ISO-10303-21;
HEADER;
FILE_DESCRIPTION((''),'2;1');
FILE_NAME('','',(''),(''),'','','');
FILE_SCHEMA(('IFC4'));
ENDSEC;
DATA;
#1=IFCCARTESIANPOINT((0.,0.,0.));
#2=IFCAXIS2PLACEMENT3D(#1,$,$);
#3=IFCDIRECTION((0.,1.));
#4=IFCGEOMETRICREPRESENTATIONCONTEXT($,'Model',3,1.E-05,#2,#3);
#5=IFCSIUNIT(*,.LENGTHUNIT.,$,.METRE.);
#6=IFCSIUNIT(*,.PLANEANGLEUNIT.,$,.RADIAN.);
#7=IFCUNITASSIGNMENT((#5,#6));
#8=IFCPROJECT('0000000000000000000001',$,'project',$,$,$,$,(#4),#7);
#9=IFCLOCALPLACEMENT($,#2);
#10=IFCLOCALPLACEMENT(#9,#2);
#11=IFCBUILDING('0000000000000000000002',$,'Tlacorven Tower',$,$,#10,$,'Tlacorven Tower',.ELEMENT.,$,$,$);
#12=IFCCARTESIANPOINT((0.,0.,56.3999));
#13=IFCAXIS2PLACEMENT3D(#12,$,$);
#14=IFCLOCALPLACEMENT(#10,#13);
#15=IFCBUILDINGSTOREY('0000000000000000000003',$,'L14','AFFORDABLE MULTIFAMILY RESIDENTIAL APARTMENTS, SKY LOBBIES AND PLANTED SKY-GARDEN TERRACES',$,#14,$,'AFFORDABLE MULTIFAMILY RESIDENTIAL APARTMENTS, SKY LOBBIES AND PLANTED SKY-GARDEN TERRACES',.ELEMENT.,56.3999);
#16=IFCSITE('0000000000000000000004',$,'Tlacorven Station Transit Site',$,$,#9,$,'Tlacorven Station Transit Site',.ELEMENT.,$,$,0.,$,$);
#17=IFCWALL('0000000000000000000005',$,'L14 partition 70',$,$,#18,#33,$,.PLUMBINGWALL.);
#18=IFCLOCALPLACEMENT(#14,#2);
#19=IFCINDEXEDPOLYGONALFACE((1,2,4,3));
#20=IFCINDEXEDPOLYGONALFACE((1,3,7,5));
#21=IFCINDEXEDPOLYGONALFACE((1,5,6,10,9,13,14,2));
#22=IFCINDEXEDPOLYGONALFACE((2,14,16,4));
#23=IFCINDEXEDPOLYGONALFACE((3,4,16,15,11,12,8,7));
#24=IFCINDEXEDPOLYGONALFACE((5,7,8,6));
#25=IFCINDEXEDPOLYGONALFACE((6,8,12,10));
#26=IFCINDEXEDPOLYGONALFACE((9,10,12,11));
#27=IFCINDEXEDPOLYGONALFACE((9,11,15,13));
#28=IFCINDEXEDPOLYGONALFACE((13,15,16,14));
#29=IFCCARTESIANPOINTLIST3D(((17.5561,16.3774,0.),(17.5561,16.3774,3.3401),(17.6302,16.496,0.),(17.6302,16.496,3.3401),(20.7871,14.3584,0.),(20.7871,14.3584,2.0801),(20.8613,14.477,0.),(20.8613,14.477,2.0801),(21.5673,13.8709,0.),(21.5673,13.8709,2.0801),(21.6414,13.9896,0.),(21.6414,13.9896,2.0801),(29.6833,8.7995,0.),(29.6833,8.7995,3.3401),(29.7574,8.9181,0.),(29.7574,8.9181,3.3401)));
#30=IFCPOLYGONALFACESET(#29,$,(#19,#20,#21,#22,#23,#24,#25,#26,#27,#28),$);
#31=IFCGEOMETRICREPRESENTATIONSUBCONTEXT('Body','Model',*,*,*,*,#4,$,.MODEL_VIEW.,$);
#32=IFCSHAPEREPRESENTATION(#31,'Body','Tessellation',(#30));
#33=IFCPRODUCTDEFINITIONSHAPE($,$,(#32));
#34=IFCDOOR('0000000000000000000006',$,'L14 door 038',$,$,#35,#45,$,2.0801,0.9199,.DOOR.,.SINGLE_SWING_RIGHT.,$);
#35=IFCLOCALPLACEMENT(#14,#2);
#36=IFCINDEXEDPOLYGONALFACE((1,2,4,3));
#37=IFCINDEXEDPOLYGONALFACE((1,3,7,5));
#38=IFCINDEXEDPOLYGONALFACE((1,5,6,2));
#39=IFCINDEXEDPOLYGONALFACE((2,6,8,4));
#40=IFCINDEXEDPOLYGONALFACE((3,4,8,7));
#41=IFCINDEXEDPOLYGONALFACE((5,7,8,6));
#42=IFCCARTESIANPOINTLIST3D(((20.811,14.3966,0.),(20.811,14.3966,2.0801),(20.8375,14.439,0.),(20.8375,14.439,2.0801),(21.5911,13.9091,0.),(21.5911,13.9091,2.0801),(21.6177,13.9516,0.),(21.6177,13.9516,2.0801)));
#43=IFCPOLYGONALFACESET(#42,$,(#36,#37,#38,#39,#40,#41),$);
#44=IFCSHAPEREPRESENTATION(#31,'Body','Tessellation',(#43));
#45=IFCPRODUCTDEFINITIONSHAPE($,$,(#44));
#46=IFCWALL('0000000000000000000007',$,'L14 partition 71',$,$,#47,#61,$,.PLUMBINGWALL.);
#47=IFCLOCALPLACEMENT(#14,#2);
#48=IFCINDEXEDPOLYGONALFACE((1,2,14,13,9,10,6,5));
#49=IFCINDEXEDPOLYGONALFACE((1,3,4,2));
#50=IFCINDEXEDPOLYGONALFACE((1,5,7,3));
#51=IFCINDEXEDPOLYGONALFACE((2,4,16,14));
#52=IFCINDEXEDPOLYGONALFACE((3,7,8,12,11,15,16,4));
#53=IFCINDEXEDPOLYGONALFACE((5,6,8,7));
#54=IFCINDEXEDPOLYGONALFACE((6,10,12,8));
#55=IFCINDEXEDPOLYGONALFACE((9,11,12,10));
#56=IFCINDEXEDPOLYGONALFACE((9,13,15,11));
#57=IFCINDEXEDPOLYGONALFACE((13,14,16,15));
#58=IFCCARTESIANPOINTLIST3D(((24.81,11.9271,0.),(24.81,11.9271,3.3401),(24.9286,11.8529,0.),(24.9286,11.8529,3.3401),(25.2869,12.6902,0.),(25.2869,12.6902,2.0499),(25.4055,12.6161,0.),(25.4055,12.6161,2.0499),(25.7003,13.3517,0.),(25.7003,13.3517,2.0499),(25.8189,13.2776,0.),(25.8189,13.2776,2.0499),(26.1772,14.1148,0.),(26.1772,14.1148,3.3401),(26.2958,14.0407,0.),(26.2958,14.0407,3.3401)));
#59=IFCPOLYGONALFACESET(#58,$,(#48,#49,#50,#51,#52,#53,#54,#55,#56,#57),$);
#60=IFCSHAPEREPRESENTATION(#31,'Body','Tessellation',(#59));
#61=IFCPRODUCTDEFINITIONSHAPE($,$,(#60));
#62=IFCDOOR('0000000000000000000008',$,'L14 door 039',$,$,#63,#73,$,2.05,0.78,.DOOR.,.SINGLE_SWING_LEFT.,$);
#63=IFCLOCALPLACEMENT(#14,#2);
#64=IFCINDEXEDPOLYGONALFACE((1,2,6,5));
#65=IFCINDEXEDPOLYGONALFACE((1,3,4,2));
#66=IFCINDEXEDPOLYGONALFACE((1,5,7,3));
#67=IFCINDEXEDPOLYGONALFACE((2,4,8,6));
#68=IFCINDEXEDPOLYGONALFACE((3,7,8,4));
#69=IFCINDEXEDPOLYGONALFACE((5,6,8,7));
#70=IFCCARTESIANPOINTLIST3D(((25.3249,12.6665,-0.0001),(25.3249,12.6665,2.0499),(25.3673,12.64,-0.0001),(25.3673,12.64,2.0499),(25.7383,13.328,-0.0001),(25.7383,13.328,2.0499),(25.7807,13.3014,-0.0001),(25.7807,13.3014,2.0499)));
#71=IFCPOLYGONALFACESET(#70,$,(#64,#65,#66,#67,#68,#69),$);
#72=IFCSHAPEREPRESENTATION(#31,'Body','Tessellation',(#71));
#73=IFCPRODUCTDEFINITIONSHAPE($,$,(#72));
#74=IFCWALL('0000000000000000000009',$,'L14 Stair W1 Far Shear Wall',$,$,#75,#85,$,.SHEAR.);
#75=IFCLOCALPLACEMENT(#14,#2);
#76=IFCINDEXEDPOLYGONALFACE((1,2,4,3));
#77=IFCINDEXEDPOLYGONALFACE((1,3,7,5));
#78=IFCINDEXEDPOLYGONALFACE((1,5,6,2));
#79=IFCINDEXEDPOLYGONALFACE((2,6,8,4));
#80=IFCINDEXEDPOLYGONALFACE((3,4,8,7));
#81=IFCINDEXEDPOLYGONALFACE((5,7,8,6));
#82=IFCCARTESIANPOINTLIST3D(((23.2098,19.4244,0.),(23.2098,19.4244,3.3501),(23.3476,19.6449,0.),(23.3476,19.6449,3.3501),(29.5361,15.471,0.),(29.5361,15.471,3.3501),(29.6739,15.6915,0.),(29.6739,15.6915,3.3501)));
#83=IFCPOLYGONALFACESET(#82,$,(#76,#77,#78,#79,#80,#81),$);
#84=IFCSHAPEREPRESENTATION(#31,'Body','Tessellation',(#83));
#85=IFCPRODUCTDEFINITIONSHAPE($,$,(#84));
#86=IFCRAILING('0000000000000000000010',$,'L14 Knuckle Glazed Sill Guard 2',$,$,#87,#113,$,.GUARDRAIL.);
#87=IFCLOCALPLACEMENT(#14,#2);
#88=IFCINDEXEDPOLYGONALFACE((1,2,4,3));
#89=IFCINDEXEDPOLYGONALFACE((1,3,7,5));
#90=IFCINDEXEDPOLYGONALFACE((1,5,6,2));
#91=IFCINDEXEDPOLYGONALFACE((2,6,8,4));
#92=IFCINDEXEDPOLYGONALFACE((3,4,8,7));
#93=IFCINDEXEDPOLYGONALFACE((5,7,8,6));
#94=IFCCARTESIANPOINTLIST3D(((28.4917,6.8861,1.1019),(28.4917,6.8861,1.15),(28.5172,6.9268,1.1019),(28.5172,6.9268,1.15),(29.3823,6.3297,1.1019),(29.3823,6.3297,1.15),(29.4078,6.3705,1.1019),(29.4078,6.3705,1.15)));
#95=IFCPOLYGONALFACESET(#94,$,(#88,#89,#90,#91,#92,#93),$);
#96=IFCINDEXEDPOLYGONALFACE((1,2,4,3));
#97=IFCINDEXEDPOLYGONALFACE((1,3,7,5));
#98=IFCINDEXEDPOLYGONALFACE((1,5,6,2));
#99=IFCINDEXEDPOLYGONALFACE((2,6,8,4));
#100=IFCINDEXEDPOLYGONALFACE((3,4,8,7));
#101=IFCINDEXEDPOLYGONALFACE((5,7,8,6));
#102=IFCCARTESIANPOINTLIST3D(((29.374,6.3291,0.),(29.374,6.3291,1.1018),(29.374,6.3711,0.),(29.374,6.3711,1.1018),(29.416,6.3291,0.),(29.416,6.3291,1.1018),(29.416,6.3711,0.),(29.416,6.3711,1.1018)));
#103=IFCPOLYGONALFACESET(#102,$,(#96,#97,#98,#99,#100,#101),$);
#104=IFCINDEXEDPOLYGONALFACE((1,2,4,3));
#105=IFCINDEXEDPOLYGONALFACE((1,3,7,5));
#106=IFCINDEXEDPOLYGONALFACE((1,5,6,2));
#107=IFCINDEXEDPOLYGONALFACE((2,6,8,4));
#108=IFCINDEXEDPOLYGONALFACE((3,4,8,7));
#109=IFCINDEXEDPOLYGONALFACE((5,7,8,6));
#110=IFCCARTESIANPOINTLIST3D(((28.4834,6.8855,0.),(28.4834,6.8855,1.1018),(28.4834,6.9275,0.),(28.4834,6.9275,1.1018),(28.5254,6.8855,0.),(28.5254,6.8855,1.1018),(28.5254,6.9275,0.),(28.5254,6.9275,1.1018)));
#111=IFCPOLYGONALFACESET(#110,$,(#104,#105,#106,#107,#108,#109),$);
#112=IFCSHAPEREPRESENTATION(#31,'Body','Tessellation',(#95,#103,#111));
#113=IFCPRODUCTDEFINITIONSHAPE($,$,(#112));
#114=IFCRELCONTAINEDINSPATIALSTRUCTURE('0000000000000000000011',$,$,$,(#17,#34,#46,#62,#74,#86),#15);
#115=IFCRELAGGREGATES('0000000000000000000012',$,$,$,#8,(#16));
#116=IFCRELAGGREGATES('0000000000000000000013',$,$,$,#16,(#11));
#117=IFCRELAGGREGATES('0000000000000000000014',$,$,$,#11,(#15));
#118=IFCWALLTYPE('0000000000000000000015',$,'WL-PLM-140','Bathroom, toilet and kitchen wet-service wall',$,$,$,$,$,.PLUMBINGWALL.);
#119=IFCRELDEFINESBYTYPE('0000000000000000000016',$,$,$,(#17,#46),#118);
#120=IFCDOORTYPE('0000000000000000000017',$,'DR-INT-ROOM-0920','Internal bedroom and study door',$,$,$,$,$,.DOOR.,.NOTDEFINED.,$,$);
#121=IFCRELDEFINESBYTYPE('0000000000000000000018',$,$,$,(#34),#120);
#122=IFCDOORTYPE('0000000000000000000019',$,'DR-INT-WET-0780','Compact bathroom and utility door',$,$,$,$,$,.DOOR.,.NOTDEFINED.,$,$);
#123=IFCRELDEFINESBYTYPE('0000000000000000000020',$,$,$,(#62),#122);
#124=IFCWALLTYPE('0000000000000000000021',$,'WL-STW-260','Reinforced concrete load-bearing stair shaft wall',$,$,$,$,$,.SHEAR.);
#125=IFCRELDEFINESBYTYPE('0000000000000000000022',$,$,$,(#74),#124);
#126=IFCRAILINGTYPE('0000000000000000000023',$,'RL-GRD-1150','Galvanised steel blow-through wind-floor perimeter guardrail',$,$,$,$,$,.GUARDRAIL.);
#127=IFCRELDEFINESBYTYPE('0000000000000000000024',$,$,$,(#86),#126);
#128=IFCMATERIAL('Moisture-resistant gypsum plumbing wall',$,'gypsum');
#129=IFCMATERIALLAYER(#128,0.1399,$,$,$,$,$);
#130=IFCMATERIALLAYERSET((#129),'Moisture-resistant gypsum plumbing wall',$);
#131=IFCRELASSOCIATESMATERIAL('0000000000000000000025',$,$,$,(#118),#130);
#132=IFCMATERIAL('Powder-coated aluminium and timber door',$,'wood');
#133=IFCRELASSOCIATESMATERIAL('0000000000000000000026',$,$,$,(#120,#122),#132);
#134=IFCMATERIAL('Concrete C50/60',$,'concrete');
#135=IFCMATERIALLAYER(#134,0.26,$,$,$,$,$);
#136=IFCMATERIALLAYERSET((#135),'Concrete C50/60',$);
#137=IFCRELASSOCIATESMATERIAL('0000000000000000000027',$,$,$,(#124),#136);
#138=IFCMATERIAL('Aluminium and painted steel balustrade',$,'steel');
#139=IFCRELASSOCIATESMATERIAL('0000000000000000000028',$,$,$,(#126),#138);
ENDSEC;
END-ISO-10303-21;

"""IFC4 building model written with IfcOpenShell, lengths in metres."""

from ifc_helpers import new_model, si_unit, direction, frame, frame_2d, origin, origin_2d, place, context, subcontext, project, spatial, rectangle, extrude, source, transform, mapped, material, layer, layer_set, type_object, element, fill, save


model = new_model("IFC4")

# Units and contexts
model_context = context("Model", 3, precision=1e-05, world=origin(), true_north=direction((0.0, 1.0)))
body_context = subcontext(model_context, "Body", "Model", "MODEL_VIEW")
ifc_project = project(units=[si_unit("LENGTHUNIT", "METRE"), si_unit("PLANEANGLEUNIT", "RADIAN")], contexts=[model_context])

# Site, building, storey
site_placement = place(None, origin())
site = spatial("IfcSite", under=ifc_project, at=site_placement, Name="Tlacorven Station Transit Site", LongName="Tlacorven Station Transit Site", CompositionType="ELEMENT", RefElevation=0.0)
building_placement = place(site_placement, origin())
building = spatial("IfcBuilding", under=site, at=building_placement, Name="Tlacorven Tower", LongName="Tlacorven Tower", CompositionType="ELEMENT")
storey_placement = place(building_placement, frame((0.0, 0.0, 56.3999)))
storey = spatial("IfcBuildingStorey", under=building, at=storey_placement, Name="L14", Description="AFFORDABLE MULTIFAMILY RESIDENTIAL APARTMENTS, SKY LOBBIES AND PLANTED SKY-GARDEN TERRACES", LongName="AFFORDABLE MULTIFAMILY RESIDENTIAL APARTMENTS, SKY LOBBIES AND PLANTED SKY-GARDEN TERRACES", CompositionType="ELEMENT", Elevation=56.3999)

# Shared definitions
ifc_material_1 = material(Name="Powder-coated aluminium and timber door", Category="wood")

# Walls, openings, doors
ifc_material_2 = material(Name="Moisture-resistant gypsum plumbing wall", Category="gypsum")
ifc_layer_1 = layer(ifc_material_2, 0.1399)
ifc_layer_set_1 = layer_set([ifc_layer_1], Name="Moisture-resistant gypsum plumbing wall")
wall_type_1 = type_object("IfcWallType", Name="WL-PLM-140", Description="Bathroom, toilet and kitchen wet-service wall", PredefinedType="PLUMBINGWALL", material=ifc_layer_set_1)
wall_1_placement = place(storey_placement, frame((29.7202, 8.8589, 0.0), z_axis=(0.0, 0.0, 1.0), x_axis=(-0.848049, 0.529918, 0.0)))
wall_1 = element("IfcWall", 1, at=wall_1_placement, inside=storey, type_object=wall_type_1, Name="L14 partition 70", PredefinedType="PLUMBINGWALL", context=body_context, shape_type="SweptSolid", body=[
    extrude(rectangle(XDim=14.3, YDim=0.1399, at=frame_2d((7.1499, 0.0))), origin(), (0.0, 0.0, 1.0), 3.3401),
])
opening_1_placement = place(wall_1_placement, frame((9.5701, 0.0, 0.0)))
opening_1 = element("IfcOpeningElement", 2, at=opening_1_placement, cuts=wall_1, PredefinedType="OPENING", context=body_context, shape_type="SweptSolid", body=[
    extrude(rectangle(XDim=0.9199, YDim=2.0801, at=frame_2d((0.46, 1.04))), frame((0.0, 0.0801, 0.0), z_axis=(0.0, -1.0, 0.0), x_axis=(1.0, 0.0, 0.0)), (0.0, 0.0, 1.0), 0.1599),
])
door_type_1 = type_object("IfcDoorType", Name="DR-INT-ROOM-0920", Description="Internal bedroom and study door", OperationType="NOTDEFINED", PredefinedType="DOOR", material=ifc_material_1)
shared_shape_1 = source(origin(), body_context, "Body", "SweptSolid", [
    extrude(rectangle(XDim=0.9199, YDim=2.0801, at=frame_2d((0.46, 1.04))), frame((0.0, 0.0249, 0.0), z_axis=(0.0, -1.0, 0.0), x_axis=(1.0, 0.0, 0.0)), (0.0, 0.0, 1.0), 0.05),
])
door_1_placement = place(opening_1_placement, origin())
door_1 = element("IfcDoor", 3, at=door_1_placement, inside=storey, type_object=door_type_1, Name="L14 door 038", OperationType="SINGLE_SWING_RIGHT", OverallHeight=2.0801, OverallWidth=0.9199, PredefinedType="DOOR", context=body_context, shape_type="MappedRepresentation", body=[
    mapped(shared_shape_1, transform((0.0, 0.0, 0.0), scale=1.0)),
])
fill(opening_1, door_1)
wall_2_placement = place(storey_placement, frame((26.2366, 14.0779, 0.0), z_axis=(0.0, 0.0, 1.0), x_axis=(-0.529956, -0.848025, 0.0)))
wall_2 = element("IfcWall", 4, at=wall_2_placement, inside=storey, type_object=wall_type_1, Name="L14 partition 71", PredefinedType="PLUMBINGWALL", context=body_context, shape_type="SweptSolid", body=[
    extrude(rectangle(XDim=2.5798, YDim=0.1399, at=frame_2d((1.29, 0.0))), origin(), (0.0, 0.0, 1.0), 3.3401),
])
opening_2_placement = place(wall_2_placement, frame((0.8999, 0.0, 0.0)))
opening_2 = element("IfcOpeningElement", 5, at=opening_2_placement, cuts=wall_2, PredefinedType="OPENING", context=body_context, shape_type="SweptSolid", body=[
    extrude(rectangle(XDim=0.78, YDim=2.05, at=frame_2d((0.3901, 1.0249))), frame((0.0, 0.0801, 0.0), z_axis=(0.0, -1.0, 0.0), x_axis=(1.0, 0.0, 0.0)), (0.0, 0.0, 1.0), 0.1599),
])
door_type_2 = type_object("IfcDoorType", Name="DR-INT-WET-0780", Description="Compact bathroom and utility door", OperationType="NOTDEFINED", PredefinedType="DOOR", material=ifc_material_1)
shared_shape_2 = source(origin(), body_context, "Body", "SweptSolid", [
    extrude(rectangle(XDim=0.78, YDim=2.05, at=frame_2d((0.3901, 1.0249))), frame((0.0, 0.0249, 0.0), z_axis=(0.0, -1.0, 0.0), x_axis=(1.0, 0.0, 0.0)), (0.0, 0.0, 1.0), 0.05),
])
door_2_placement = place(opening_2_placement, origin())
door_2 = element("IfcDoor", 6, at=door_2_placement, inside=storey, type_object=door_type_2, Name="L14 door 039", OperationType="SINGLE_SWING_LEFT", OverallHeight=2.05, OverallWidth=0.78, PredefinedType="DOOR", context=body_context, shape_type="MappedRepresentation", body=[
    mapped(shared_shape_2, transform((0.0, 0.0, 0.0), scale=1.0)),
])
fill(opening_2, door_2)

# Wall
ifc_material_3 = material(Name="Concrete C50/60", Category="concrete")
ifc_layer_2 = layer(ifc_material_3, 0.26)
ifc_layer_set_2 = layer_set([ifc_layer_2], Name="Concrete C50/60")
wall_type_2 = type_object("IfcWallType", Name="WL-STW-260", Description="Reinforced concrete load-bearing stair shaft wall", PredefinedType="SHEAR", material=ifc_layer_set_2)
wall_3_placement = place(storey_placement, frame((29.605, 15.5813, 0.0), z_axis=(0.0, 0.0, 1.0), x_axis=(-0.848037, 0.529937, 0.0)))
element("IfcWall", 7, at=wall_3_placement, inside=storey, type_object=wall_type_2, Name="L14 Stair W1 Far Shear Wall", PredefinedType="SHEAR", context=body_context, shape_type="SweptSolid", body=[
    extrude(rectangle(XDim=7.46, YDim=0.26, at=frame_2d((3.73, 0.0))), origin(), (0.0, 0.0, 1.0), 3.3501),
])

# Railing
ifc_material_4 = material(Name="Aluminium and painted steel balustrade", Category="steel")
railing_type = type_object("IfcRailingType", Name="RL-GRD-1150", Description="Galvanised steel blow-through wind-floor perimeter guardrail", PredefinedType="GUARDRAIL", material=ifc_material_4)
shared_shape_3 = source(origin(), body_context, "Body", "SweptSolid", [
    extrude(rectangle(XDim=0.0481, YDim=0.0481, at=origin_2d()), frame((0.0, 0.0, 1.126), z_axis=(-0.848103, 0.529832, 0.0), x_axis=(-0.529832, -0.848103, 0.0)), (0.0, 0.0, 1.0), 1.05),
    extrude(rectangle(XDim=0.042, YDim=0.042, at=origin_2d()), origin(), (0.0, 0.0, 1.0), 1.1018),
    extrude(rectangle(XDim=0.042, YDim=0.042, at=origin_2d()), frame((-0.8906, 0.5564, 0.0)), (0.0, 0.0, 1.0), 1.1018),
])
railing_placement = place(storey_placement, frame((29.395, 6.3501, 0.0)))
element("IfcRailing", 8, at=railing_placement, inside=storey, type_object=railing_type, Name="L14 Knuckle Glazed Sill Guard 2", PredefinedType="GUARDRAIL", context=body_context, shape_type="MappedRepresentation", body=[
    mapped(shared_shape_3, transform((0.0, 0.0, 0.0), scale=1.0)),
])

save(model, "model.ifc")
